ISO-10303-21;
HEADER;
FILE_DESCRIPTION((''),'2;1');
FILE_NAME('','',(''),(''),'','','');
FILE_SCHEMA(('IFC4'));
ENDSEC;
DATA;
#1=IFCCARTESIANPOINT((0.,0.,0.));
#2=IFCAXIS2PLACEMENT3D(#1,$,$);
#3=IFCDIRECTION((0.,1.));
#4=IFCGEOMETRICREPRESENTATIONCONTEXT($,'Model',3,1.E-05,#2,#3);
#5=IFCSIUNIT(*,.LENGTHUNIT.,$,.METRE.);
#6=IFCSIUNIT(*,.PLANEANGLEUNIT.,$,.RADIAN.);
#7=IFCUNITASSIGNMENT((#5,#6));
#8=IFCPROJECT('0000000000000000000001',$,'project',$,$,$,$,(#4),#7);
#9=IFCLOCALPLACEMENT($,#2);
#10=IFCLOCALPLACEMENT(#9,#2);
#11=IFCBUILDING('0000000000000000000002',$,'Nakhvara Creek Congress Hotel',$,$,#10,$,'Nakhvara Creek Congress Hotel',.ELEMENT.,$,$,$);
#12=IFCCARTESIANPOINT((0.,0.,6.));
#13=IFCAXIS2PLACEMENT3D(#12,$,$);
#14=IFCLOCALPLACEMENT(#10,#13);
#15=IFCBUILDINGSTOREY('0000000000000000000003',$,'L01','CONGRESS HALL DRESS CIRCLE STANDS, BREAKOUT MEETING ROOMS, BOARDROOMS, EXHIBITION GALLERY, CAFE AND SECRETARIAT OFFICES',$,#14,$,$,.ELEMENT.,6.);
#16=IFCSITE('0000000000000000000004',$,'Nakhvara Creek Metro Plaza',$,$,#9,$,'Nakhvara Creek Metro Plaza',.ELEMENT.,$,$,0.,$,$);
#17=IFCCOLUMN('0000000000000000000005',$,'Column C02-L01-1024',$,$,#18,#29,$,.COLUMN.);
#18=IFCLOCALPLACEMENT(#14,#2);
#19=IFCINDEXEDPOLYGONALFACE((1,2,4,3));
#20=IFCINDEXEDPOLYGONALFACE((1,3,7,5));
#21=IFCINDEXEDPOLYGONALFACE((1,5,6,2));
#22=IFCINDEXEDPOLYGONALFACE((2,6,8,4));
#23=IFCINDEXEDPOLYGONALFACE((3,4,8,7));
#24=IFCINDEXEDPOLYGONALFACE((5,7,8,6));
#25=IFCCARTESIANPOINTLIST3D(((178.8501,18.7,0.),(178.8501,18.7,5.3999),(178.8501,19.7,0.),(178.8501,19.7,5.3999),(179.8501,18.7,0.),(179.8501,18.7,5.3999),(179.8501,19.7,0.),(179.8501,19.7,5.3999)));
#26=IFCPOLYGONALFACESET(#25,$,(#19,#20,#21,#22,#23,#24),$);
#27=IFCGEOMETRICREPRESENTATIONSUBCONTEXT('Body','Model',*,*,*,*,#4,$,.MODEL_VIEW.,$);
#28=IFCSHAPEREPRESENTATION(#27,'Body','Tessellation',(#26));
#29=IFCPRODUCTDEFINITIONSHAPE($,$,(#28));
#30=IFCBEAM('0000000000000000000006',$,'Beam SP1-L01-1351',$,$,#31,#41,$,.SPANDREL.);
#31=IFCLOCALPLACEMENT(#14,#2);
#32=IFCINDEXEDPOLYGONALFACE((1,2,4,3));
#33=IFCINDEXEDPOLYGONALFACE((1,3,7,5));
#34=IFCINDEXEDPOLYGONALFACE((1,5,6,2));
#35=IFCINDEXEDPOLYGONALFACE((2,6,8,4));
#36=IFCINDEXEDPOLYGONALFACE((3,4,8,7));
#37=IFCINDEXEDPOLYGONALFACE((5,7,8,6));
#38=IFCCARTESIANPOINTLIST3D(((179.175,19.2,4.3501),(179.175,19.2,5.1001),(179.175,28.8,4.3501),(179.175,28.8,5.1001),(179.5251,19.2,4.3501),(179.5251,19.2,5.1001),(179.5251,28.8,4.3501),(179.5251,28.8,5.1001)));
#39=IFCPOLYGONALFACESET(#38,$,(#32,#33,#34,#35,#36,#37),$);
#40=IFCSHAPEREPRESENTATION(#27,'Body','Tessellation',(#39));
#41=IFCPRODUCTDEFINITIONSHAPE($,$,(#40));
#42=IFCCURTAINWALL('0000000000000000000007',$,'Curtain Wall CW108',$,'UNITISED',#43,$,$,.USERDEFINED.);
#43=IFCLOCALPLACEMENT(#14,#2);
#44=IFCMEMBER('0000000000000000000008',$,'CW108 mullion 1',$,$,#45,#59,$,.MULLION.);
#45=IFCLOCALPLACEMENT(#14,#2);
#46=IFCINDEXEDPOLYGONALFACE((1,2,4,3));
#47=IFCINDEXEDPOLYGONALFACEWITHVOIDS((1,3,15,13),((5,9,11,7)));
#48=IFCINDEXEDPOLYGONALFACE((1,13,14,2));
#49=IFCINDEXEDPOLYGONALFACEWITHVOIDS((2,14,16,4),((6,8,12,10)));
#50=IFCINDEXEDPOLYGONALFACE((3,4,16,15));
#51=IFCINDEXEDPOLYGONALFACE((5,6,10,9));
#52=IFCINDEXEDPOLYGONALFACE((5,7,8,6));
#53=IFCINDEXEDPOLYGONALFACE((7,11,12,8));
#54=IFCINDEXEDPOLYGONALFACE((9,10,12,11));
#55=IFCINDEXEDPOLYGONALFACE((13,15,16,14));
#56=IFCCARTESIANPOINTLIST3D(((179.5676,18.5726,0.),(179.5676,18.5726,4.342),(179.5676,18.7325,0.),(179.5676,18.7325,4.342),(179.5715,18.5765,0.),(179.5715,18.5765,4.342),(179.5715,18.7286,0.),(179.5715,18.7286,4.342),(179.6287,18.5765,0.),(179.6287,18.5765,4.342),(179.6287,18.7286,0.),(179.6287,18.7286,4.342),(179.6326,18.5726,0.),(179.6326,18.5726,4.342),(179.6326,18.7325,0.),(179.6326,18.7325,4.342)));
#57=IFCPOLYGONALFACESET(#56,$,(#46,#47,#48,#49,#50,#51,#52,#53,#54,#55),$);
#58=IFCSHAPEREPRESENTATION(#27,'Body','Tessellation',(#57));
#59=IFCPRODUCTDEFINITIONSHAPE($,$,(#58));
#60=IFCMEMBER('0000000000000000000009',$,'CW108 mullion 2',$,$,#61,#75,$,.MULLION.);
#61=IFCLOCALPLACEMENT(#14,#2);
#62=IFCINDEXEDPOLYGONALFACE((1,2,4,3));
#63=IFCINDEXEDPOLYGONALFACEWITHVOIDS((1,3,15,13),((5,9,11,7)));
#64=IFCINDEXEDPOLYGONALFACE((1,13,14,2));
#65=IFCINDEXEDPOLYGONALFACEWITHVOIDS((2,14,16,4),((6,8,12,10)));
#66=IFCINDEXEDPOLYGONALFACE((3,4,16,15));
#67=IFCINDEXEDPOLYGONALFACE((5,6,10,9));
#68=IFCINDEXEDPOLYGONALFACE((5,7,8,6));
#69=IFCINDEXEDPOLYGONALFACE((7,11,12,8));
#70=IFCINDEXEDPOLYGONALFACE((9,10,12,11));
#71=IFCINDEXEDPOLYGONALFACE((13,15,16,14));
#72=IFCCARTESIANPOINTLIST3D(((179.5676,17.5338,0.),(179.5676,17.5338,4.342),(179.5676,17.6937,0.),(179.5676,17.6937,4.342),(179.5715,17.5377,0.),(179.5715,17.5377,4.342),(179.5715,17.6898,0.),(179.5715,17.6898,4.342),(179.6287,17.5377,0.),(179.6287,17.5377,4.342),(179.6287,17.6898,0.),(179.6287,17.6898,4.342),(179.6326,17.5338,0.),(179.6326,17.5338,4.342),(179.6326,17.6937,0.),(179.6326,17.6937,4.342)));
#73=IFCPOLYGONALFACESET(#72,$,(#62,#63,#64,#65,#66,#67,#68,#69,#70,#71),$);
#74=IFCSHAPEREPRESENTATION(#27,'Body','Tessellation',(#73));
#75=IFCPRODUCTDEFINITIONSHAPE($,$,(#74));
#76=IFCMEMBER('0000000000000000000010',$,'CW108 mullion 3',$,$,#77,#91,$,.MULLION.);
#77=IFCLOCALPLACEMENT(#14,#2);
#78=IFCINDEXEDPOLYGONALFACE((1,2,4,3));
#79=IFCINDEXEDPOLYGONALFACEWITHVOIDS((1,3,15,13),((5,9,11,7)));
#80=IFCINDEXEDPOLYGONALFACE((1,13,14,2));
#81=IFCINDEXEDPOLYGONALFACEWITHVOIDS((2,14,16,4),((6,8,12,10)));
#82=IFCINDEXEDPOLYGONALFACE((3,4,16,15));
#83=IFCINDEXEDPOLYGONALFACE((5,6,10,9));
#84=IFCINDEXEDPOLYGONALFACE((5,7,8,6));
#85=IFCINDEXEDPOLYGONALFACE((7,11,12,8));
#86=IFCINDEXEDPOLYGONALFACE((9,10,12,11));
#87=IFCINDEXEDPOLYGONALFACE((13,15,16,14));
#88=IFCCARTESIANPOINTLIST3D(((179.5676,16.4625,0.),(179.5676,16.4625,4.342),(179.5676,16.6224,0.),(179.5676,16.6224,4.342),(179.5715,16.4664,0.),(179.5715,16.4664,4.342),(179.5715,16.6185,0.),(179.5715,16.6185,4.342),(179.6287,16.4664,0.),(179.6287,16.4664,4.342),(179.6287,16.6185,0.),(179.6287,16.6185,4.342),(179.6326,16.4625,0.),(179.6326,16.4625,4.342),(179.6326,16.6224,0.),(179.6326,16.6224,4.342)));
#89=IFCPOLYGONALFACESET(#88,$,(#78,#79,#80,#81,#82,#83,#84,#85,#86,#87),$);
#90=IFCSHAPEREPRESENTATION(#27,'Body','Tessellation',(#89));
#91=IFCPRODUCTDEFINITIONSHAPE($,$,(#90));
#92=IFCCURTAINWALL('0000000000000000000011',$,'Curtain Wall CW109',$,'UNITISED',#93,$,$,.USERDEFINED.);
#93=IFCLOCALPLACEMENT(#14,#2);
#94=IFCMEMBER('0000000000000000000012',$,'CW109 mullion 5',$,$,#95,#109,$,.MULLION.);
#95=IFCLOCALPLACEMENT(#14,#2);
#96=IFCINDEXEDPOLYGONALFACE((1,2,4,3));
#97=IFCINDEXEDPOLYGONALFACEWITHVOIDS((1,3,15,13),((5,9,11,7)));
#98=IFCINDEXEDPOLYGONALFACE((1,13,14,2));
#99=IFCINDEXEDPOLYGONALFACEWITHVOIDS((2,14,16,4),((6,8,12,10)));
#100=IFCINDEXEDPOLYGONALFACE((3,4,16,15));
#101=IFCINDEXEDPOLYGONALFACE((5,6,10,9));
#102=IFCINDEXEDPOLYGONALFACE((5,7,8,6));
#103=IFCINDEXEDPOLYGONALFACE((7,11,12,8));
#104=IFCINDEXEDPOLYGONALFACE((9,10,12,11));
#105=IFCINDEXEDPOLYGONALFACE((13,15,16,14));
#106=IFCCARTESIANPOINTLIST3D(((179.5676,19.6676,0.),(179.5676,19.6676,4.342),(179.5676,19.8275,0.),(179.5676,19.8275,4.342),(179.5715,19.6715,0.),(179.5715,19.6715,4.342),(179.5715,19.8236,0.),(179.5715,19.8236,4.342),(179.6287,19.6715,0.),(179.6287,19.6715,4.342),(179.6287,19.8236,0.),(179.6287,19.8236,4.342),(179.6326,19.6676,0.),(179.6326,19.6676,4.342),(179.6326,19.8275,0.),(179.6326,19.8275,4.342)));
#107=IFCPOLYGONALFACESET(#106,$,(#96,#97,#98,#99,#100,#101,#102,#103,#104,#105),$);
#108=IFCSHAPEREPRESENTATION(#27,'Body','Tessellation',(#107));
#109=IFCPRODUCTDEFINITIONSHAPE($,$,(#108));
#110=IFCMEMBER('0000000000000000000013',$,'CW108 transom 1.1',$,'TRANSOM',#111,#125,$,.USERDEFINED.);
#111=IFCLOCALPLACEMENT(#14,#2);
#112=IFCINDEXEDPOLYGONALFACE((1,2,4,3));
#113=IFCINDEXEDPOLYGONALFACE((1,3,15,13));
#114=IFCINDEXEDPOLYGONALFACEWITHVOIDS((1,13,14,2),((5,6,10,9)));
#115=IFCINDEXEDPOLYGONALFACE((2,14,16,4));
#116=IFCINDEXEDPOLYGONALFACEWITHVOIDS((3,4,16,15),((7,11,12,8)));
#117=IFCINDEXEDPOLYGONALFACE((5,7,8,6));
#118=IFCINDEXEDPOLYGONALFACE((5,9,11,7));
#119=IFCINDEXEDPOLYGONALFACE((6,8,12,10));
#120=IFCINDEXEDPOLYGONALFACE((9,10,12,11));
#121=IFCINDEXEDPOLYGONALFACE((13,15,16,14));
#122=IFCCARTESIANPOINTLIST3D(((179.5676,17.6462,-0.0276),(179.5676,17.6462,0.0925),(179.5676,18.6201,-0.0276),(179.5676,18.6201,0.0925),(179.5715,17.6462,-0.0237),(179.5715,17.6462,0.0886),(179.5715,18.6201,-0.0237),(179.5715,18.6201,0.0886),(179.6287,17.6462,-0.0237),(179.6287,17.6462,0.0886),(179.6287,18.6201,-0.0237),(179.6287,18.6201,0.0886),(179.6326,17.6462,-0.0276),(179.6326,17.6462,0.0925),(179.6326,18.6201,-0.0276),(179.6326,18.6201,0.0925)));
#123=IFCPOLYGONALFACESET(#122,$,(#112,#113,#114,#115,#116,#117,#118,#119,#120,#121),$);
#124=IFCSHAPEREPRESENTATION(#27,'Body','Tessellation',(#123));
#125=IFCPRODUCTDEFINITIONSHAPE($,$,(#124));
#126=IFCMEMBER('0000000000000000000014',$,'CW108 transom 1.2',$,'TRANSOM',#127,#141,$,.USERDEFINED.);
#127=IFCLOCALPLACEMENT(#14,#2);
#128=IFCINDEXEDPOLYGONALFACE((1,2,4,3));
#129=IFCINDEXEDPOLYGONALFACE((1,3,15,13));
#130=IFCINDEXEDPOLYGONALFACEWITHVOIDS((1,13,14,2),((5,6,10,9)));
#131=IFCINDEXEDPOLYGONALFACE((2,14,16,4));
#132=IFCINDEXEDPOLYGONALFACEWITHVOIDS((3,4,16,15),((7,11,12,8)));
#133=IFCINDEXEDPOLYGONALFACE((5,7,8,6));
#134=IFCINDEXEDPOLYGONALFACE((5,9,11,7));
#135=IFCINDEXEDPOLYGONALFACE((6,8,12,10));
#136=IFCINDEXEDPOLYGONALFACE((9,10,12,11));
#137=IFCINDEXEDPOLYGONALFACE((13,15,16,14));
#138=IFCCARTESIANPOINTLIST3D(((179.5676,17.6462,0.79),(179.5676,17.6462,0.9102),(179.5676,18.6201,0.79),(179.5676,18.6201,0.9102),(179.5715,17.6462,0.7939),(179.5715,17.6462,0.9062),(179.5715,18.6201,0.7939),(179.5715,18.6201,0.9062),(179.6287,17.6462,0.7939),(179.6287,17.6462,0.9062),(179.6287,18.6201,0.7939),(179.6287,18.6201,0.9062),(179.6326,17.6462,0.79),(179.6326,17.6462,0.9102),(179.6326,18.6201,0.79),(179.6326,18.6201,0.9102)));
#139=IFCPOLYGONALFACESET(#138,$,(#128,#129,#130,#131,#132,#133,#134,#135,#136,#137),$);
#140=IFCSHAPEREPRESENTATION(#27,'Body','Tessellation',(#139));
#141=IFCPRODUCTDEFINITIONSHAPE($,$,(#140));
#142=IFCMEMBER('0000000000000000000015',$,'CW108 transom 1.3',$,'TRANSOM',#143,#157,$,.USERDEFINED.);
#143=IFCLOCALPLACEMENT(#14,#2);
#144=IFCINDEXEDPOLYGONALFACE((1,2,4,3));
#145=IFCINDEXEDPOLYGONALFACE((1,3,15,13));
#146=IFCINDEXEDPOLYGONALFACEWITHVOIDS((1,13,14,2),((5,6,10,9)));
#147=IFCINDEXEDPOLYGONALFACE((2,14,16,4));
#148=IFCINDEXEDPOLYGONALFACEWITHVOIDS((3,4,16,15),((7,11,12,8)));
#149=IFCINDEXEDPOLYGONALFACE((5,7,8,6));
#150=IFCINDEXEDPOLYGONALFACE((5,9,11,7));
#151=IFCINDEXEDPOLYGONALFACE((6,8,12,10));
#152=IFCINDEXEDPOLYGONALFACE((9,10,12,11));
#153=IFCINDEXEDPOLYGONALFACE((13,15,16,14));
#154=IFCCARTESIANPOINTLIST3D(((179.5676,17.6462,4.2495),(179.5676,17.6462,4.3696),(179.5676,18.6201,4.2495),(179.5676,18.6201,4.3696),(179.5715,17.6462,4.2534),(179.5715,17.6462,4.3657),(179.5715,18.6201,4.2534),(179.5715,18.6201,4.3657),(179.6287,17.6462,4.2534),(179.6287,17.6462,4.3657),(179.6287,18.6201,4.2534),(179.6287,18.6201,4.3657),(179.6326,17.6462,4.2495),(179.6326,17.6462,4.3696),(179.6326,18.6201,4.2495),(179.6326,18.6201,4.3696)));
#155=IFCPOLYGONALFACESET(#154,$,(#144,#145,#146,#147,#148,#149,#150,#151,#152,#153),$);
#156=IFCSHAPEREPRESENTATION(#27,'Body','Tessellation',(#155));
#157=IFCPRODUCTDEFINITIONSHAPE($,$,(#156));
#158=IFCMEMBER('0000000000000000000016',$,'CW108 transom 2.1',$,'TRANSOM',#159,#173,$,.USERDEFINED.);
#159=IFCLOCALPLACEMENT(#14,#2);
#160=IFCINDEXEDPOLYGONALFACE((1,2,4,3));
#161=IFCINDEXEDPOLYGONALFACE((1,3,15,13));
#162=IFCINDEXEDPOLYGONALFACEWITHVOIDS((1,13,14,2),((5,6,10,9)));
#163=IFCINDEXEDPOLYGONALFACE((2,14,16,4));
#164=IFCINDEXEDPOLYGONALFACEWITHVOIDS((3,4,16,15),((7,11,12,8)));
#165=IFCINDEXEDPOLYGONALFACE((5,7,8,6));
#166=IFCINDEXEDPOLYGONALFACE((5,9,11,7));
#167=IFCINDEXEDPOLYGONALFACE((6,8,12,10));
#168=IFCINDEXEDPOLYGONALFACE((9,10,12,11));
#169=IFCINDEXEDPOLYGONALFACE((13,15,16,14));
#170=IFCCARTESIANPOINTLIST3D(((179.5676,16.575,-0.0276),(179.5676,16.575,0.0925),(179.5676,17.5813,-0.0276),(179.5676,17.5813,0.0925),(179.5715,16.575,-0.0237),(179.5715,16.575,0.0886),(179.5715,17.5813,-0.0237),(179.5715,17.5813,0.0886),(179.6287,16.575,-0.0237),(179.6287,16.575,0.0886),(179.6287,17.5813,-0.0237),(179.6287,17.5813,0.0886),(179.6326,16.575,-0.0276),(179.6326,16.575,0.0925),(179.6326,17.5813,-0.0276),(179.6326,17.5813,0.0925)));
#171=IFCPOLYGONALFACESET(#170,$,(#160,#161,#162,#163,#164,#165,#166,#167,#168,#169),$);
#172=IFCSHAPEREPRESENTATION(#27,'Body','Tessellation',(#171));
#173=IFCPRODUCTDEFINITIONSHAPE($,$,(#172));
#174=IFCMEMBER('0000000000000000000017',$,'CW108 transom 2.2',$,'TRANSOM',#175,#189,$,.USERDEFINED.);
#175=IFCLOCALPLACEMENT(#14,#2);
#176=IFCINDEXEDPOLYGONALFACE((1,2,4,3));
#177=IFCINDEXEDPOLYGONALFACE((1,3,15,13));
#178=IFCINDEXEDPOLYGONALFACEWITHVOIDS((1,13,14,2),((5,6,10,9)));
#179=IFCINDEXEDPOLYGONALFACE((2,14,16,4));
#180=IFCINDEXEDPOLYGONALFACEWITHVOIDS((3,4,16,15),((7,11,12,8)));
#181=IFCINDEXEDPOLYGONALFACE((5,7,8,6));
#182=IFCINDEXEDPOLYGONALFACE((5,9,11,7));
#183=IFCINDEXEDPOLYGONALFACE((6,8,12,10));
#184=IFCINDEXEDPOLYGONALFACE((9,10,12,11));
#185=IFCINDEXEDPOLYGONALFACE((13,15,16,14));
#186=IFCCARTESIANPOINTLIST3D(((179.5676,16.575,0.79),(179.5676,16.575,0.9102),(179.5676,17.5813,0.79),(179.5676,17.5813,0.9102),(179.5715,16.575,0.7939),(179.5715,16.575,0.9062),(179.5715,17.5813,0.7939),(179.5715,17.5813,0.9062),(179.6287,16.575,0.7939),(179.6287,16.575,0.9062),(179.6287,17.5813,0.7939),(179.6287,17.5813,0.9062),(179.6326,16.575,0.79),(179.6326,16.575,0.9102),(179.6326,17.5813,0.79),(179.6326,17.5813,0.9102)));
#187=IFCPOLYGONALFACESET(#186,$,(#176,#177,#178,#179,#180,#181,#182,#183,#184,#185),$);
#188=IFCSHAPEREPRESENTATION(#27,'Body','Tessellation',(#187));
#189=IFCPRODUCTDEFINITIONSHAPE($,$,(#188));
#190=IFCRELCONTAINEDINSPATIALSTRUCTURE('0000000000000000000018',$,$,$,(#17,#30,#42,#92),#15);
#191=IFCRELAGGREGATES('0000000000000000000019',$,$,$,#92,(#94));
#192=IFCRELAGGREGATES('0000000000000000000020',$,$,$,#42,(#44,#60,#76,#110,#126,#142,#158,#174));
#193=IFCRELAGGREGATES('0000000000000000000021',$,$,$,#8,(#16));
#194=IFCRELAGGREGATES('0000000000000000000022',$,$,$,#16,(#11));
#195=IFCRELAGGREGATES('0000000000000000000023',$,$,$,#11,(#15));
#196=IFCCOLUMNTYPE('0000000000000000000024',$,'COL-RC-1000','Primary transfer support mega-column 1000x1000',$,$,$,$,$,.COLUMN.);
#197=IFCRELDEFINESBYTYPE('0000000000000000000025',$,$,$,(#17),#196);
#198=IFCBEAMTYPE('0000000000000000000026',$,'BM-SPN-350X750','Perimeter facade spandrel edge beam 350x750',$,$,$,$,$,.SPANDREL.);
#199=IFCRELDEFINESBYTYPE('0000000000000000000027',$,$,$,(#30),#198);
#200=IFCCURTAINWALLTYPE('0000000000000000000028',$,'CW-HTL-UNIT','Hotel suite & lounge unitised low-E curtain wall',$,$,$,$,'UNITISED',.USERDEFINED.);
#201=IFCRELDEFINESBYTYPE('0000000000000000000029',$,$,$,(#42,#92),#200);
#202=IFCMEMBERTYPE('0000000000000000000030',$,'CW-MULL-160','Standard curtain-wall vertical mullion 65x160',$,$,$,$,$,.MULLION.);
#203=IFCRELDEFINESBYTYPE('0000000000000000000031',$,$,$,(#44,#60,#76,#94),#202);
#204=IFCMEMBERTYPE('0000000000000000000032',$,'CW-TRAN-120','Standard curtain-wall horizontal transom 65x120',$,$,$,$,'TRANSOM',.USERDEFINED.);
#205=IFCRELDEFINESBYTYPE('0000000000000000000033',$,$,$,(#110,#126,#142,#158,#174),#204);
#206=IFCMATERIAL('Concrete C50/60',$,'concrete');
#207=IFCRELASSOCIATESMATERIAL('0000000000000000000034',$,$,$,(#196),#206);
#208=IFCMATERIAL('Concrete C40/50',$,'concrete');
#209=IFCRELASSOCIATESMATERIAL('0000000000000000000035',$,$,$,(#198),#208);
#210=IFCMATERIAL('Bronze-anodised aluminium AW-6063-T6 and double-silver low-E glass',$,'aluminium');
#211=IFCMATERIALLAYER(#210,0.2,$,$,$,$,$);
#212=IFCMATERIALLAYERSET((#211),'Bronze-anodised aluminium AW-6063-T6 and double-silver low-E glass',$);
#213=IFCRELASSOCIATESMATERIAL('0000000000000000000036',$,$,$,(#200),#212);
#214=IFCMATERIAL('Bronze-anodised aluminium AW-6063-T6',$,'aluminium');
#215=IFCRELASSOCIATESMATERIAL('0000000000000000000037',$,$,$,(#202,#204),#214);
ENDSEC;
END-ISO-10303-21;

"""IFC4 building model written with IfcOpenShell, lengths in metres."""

from ifc_helpers import new_model, si_unit, direction, frame, origin, origin_2d, place, context, subcontext, project, spatial, rectangle, hollow_rectangle, extrude, material, layer, layer_set, material_profile, profile_set, type_object, element, aggregate, save


model = new_model("IFC4")

# Units and contexts
model_context = context("Model", 3, precision=1e-05, world=origin(), true_north=direction((0.0, 1.0)))
body_context = subcontext(model_context, "Body", "Model", "MODEL_VIEW")
ifc_project = project(units=[si_unit("LENGTHUNIT", "METRE"), si_unit("PLANEANGLEUNIT", "RADIAN")], contexts=[model_context])

# Site, building, storey
site_placement = place(None, origin())
site = spatial("IfcSite", under=ifc_project, at=site_placement, Name="Nakhvara Creek Metro Plaza", LongName="Nakhvara Creek Metro Plaza", CompositionType="ELEMENT", RefElevation=0.0)
building_placement = place(site_placement, origin())
building = spatial("IfcBuilding", under=site, at=building_placement, Name="Nakhvara Creek Congress Hotel", LongName="Nakhvara Creek Congress Hotel", CompositionType="ELEMENT")
storey_placement = place(building_placement, frame((0.0, 0.0, 6.0)))
storey = spatial("IfcBuildingStorey", under=building, at=storey_placement, Name="L01", Description="CONGRESS HALL DRESS CIRCLE STANDS, BREAKOUT MEETING ROOMS, BOARDROOMS, EXHIBITION GALLERY, CAFE AND SECRETARIAT OFFICES", CompositionType="ELEMENT", Elevation=6.0)

# Column
ifc_material_1 = material(Name="Concrete C50/60", Category="concrete")
ifc_material_profile_1 = material_profile(ifc_material_1, rectangle(XDim=1.0, YDim=1.0, at=origin_2d()), Name="RC-COL 1000x1000", Category="LoadBearing")
ifc_profile_set_1 = profile_set([ifc_material_profile_1], Name="Concrete C50/60")
column_type = type_object("IfcColumnType", Name="COL-RC-1000", Description="Primary transfer support mega-column 1000x1000", PredefinedType="COLUMN", material=ifc_profile_set_1)
column_placement = place(storey_placement, frame((179.3501, 19.2, 0.0), z_axis=(0.0, 0.0, 1.0), x_axis=(1.0, 0.0, 0.0)))
element("IfcColumn", 1, at=column_placement, inside=storey, type_object=column_type, Name="Column C02-L01-1024", PredefinedType="COLUMN", context=body_context, shape_type="SweptSolid", body=[
    extrude(rectangle(XDim=1.0, YDim=1.0, at=origin_2d()), origin(), (0.0, 0.0, 1.0), 5.3999),
])

# Beam
ifc_material_2 = material(Name="Concrete C40/50", Category="concrete")
ifc_material_profile_2 = material_profile(ifc_material_2, rectangle(XDim=0.3501, YDim=0.75, at=origin_2d()), Name="RC-SPANDREL 350x750", Category="LoadBearing")
ifc_profile_set_2 = profile_set([ifc_material_profile_2], Name="Concrete C40/50")
beam_type = type_object("IfcBeamType", Name="BM-SPN-350X750", Description="Perimeter facade spandrel edge beam 350x750", PredefinedType="SPANDREL", material=ifc_profile_set_2)
beam_placement = place(storey_placement, frame((179.3501, 19.2, 4.7251), z_axis=(0.0, 1.0, 0.0), x_axis=(-1.0, 0.0, 0.0)))
element("IfcBeam", 2, at=beam_placement, inside=storey, type_object=beam_type, Name="Beam SP1-L01-1351", PredefinedType="SPANDREL", context=body_context, shape_type="SweptSolid", body=[
    extrude(rectangle(XDim=0.3501, YDim=0.75, at=origin_2d()), origin(), (0.0, 0.0, 1.0), 9.6001),
])

# Curtain wall, members
ifc_material_3 = material(Name="Bronze-anodised aluminium AW-6063-T6 and double-silver low-E glass", Category="aluminium")
ifc_layer_1 = layer(ifc_material_3, 0.2)
ifc_layer_set_1 = layer_set([ifc_layer_1], Name="Bronze-anodised aluminium AW-6063-T6 and double-silver low-E glass")
curtain_wall_type = type_object("IfcCurtainWallType", Name="CW-HTL-UNIT", Description="Hotel suite & lounge unitised low-E curtain wall", ElementType="UNITISED", PredefinedType="USERDEFINED", material=ifc_layer_set_1)
curtain_wall_1_placement = place(storey_placement, origin())
curtain_wall_1 = element("IfcCurtainWall", 3, at=curtain_wall_1_placement, inside=storey, type_object=curtain_wall_type, Name="Curtain Wall CW108", ObjectType="UNITISED", PredefinedType="USERDEFINED")
ifc_material_4 = material(Name="Bronze-anodised aluminium AW-6063-T6", Category="aluminium")
ifc_material_profile_3 = material_profile(ifc_material_4, hollow_rectangle(XDim=0.0649, YDim=0.1599, WallThickness=0.0039, at=origin_2d()), Name="ALU-MULL 65x160x4", Category="LoadBearing")
ifc_profile_set_3 = profile_set([ifc_material_profile_3], Name="Bronze-anodised aluminium AW-6063-T6")
member_type_1 = type_object("IfcMemberType", Name="CW-MULL-160", Description="Standard curtain-wall vertical mullion 65x160", PredefinedType="MULLION", material=ifc_profile_set_3)
member_1_placement = place(storey_placement, frame((179.6001, 18.6526, 0.0), z_axis=(0.0, 0.0, 1.0), x_axis=(1.0, 0.0, 0.0)))
member_1 = element("IfcMember", 4, at=member_1_placement, type_object=member_type_1, Name="CW108 mullion 1", PredefinedType="MULLION", context=body_context, shape_type="SweptSolid", body=[
    extrude(hollow_rectangle(XDim=0.0649, YDim=0.1599, WallThickness=0.0039, at=origin_2d()), origin(), (0.0, 0.0, 1.0), 4.342),
])
member_2_placement = place(storey_placement, frame((179.6001, 17.6138, 0.0), z_axis=(0.0, 0.0, 1.0), x_axis=(1.0, 0.0, 0.0)))
member_2 = element("IfcMember", 5, at=member_2_placement, type_object=member_type_1, Name="CW108 mullion 2", PredefinedType="MULLION", context=body_context, shape_type="SweptSolid", body=[
    extrude(hollow_rectangle(XDim=0.0649, YDim=0.1599, WallThickness=0.0039, at=origin_2d()), origin(), (0.0, 0.0, 1.0), 4.342),
])
member_3_placement = place(storey_placement, frame((179.6001, 16.5425, 0.0), z_axis=(0.0, 0.0, 1.0), x_axis=(1.0, 0.0, 0.0)))
member_3 = element("IfcMember", 6, at=member_3_placement, type_object=member_type_1, Name="CW108 mullion 3", PredefinedType="MULLION", context=body_context, shape_type="SweptSolid", body=[
    extrude(hollow_rectangle(XDim=0.0649, YDim=0.1599, WallThickness=0.0039, at=origin_2d()), origin(), (0.0, 0.0, 1.0), 4.342),
])

# Curtain wall, member
curtain_wall_2_placement = place(storey_placement, origin())
curtain_wall_2 = element("IfcCurtainWall", 7, at=curtain_wall_2_placement, inside=storey, type_object=curtain_wall_type, Name="Curtain Wall CW109", ObjectType="UNITISED", PredefinedType="USERDEFINED")
member_4_placement = place(storey_placement, frame((179.6001, 19.7476, 0.0), z_axis=(0.0, 0.0, 1.0), x_axis=(1.0, 0.0, 0.0)))
member_4 = element("IfcMember", 8, at=member_4_placement, type_object=member_type_1, Name="CW109 mullion 5", PredefinedType="MULLION", context=body_context, shape_type="SweptSolid", body=[
    extrude(hollow_rectangle(XDim=0.0649, YDim=0.1599, WallThickness=0.0039, at=origin_2d()), origin(), (0.0, 0.0, 1.0), 4.342),
])
aggregate(curtain_wall_2, [member_4])

# Members
ifc_material_profile_4 = material_profile(ifc_material_4, hollow_rectangle(XDim=0.0649, YDim=0.1201, WallThickness=0.0039, at=origin_2d()), Name="ALU-TRAN 65x120x4", Category="LoadBearing")
ifc_profile_set_4 = profile_set([ifc_material_profile_4], Name="Bronze-anodised aluminium AW-6063-T6")
member_type_2 = type_object("IfcMemberType", Name="CW-TRAN-120", Description="Standard curtain-wall horizontal transom 65x120", ElementType="TRANSOM", PredefinedType="USERDEFINED", material=ifc_profile_set_4)
member_5_placement = place(storey_placement, frame((179.6001, 18.6201, 0.0325), z_axis=(0.0, -1.0, 0.0), x_axis=(1.0, 0.0, 0.0)))
member_5 = element("IfcMember", 9, at=member_5_placement, type_object=member_type_2, Name="CW108 transom 1.1", ObjectType="TRANSOM", PredefinedType="USERDEFINED", context=body_context, shape_type="SweptSolid", body=[
    extrude(hollow_rectangle(XDim=0.0649, YDim=0.1201, WallThickness=0.0039, at=origin_2d()), origin(), (0.0, 0.0, 1.0), 0.9739),
])
member_6_placement = place(storey_placement, frame((179.6001, 18.6201, 0.8501), z_axis=(0.0, -1.0, 0.0), x_axis=(1.0, 0.0, 0.0)))
member_6 = element("IfcMember", 10, at=member_6_placement, type_object=member_type_2, Name="CW108 transom 1.2", ObjectType="TRANSOM", PredefinedType="USERDEFINED", context=body_context, shape_type="SweptSolid", body=[
    extrude(hollow_rectangle(XDim=0.0649, YDim=0.1201, WallThickness=0.0039, at=origin_2d()), origin(), (0.0, 0.0, 1.0), 0.9739),
])
member_7_placement = place(storey_placement, frame((179.6001, 18.6201, 4.3096), z_axis=(0.0, -1.0, 0.0), x_axis=(1.0, 0.0, 0.0)))
member_7 = element("IfcMember", 11, at=member_7_placement, type_object=member_type_2, Name="CW108 transom 1.3", ObjectType="TRANSOM", PredefinedType="USERDEFINED", context=body_context, shape_type="SweptSolid", body=[
    extrude(hollow_rectangle(XDim=0.0649, YDim=0.1201, WallThickness=0.0039, at=origin_2d()), origin(), (0.0, 0.0, 1.0), 0.9739),
])
member_8_placement = place(storey_placement, frame((179.6001, 17.5813, 0.0325), z_axis=(0.0, -1.0, 0.0), x_axis=(1.0, 0.0, 0.0)))
member_8 = element("IfcMember", 12, at=member_8_placement, type_object=member_type_2, Name="CW108 transom 2.1", ObjectType="TRANSOM", PredefinedType="USERDEFINED", context=body_context, shape_type="SweptSolid", body=[
    extrude(hollow_rectangle(XDim=0.0649, YDim=0.1201, WallThickness=0.0039, at=origin_2d()), origin(), (0.0, 0.0, 1.0), 1.0063),
])
member_9_placement = place(storey_placement, frame((179.6001, 17.5813, 0.8501), z_axis=(0.0, -1.0, 0.0), x_axis=(1.0, 0.0, 0.0)))
member_9 = element("IfcMember", 13, at=member_9_placement, type_object=member_type_2, Name="CW108 transom 2.2", ObjectType="TRANSOM", PredefinedType="USERDEFINED", context=body_context, shape_type="SweptSolid", body=[
    extrude(hollow_rectangle(XDim=0.0649, YDim=0.1201, WallThickness=0.0039, at=origin_2d()), origin(), (0.0, 0.0, 1.0), 1.0063),
])

aggregate(curtain_wall_1, [member_1, member_2, member_3, member_5, member_6, member_7, member_8, member_9])

save(model, "model.ifc")
